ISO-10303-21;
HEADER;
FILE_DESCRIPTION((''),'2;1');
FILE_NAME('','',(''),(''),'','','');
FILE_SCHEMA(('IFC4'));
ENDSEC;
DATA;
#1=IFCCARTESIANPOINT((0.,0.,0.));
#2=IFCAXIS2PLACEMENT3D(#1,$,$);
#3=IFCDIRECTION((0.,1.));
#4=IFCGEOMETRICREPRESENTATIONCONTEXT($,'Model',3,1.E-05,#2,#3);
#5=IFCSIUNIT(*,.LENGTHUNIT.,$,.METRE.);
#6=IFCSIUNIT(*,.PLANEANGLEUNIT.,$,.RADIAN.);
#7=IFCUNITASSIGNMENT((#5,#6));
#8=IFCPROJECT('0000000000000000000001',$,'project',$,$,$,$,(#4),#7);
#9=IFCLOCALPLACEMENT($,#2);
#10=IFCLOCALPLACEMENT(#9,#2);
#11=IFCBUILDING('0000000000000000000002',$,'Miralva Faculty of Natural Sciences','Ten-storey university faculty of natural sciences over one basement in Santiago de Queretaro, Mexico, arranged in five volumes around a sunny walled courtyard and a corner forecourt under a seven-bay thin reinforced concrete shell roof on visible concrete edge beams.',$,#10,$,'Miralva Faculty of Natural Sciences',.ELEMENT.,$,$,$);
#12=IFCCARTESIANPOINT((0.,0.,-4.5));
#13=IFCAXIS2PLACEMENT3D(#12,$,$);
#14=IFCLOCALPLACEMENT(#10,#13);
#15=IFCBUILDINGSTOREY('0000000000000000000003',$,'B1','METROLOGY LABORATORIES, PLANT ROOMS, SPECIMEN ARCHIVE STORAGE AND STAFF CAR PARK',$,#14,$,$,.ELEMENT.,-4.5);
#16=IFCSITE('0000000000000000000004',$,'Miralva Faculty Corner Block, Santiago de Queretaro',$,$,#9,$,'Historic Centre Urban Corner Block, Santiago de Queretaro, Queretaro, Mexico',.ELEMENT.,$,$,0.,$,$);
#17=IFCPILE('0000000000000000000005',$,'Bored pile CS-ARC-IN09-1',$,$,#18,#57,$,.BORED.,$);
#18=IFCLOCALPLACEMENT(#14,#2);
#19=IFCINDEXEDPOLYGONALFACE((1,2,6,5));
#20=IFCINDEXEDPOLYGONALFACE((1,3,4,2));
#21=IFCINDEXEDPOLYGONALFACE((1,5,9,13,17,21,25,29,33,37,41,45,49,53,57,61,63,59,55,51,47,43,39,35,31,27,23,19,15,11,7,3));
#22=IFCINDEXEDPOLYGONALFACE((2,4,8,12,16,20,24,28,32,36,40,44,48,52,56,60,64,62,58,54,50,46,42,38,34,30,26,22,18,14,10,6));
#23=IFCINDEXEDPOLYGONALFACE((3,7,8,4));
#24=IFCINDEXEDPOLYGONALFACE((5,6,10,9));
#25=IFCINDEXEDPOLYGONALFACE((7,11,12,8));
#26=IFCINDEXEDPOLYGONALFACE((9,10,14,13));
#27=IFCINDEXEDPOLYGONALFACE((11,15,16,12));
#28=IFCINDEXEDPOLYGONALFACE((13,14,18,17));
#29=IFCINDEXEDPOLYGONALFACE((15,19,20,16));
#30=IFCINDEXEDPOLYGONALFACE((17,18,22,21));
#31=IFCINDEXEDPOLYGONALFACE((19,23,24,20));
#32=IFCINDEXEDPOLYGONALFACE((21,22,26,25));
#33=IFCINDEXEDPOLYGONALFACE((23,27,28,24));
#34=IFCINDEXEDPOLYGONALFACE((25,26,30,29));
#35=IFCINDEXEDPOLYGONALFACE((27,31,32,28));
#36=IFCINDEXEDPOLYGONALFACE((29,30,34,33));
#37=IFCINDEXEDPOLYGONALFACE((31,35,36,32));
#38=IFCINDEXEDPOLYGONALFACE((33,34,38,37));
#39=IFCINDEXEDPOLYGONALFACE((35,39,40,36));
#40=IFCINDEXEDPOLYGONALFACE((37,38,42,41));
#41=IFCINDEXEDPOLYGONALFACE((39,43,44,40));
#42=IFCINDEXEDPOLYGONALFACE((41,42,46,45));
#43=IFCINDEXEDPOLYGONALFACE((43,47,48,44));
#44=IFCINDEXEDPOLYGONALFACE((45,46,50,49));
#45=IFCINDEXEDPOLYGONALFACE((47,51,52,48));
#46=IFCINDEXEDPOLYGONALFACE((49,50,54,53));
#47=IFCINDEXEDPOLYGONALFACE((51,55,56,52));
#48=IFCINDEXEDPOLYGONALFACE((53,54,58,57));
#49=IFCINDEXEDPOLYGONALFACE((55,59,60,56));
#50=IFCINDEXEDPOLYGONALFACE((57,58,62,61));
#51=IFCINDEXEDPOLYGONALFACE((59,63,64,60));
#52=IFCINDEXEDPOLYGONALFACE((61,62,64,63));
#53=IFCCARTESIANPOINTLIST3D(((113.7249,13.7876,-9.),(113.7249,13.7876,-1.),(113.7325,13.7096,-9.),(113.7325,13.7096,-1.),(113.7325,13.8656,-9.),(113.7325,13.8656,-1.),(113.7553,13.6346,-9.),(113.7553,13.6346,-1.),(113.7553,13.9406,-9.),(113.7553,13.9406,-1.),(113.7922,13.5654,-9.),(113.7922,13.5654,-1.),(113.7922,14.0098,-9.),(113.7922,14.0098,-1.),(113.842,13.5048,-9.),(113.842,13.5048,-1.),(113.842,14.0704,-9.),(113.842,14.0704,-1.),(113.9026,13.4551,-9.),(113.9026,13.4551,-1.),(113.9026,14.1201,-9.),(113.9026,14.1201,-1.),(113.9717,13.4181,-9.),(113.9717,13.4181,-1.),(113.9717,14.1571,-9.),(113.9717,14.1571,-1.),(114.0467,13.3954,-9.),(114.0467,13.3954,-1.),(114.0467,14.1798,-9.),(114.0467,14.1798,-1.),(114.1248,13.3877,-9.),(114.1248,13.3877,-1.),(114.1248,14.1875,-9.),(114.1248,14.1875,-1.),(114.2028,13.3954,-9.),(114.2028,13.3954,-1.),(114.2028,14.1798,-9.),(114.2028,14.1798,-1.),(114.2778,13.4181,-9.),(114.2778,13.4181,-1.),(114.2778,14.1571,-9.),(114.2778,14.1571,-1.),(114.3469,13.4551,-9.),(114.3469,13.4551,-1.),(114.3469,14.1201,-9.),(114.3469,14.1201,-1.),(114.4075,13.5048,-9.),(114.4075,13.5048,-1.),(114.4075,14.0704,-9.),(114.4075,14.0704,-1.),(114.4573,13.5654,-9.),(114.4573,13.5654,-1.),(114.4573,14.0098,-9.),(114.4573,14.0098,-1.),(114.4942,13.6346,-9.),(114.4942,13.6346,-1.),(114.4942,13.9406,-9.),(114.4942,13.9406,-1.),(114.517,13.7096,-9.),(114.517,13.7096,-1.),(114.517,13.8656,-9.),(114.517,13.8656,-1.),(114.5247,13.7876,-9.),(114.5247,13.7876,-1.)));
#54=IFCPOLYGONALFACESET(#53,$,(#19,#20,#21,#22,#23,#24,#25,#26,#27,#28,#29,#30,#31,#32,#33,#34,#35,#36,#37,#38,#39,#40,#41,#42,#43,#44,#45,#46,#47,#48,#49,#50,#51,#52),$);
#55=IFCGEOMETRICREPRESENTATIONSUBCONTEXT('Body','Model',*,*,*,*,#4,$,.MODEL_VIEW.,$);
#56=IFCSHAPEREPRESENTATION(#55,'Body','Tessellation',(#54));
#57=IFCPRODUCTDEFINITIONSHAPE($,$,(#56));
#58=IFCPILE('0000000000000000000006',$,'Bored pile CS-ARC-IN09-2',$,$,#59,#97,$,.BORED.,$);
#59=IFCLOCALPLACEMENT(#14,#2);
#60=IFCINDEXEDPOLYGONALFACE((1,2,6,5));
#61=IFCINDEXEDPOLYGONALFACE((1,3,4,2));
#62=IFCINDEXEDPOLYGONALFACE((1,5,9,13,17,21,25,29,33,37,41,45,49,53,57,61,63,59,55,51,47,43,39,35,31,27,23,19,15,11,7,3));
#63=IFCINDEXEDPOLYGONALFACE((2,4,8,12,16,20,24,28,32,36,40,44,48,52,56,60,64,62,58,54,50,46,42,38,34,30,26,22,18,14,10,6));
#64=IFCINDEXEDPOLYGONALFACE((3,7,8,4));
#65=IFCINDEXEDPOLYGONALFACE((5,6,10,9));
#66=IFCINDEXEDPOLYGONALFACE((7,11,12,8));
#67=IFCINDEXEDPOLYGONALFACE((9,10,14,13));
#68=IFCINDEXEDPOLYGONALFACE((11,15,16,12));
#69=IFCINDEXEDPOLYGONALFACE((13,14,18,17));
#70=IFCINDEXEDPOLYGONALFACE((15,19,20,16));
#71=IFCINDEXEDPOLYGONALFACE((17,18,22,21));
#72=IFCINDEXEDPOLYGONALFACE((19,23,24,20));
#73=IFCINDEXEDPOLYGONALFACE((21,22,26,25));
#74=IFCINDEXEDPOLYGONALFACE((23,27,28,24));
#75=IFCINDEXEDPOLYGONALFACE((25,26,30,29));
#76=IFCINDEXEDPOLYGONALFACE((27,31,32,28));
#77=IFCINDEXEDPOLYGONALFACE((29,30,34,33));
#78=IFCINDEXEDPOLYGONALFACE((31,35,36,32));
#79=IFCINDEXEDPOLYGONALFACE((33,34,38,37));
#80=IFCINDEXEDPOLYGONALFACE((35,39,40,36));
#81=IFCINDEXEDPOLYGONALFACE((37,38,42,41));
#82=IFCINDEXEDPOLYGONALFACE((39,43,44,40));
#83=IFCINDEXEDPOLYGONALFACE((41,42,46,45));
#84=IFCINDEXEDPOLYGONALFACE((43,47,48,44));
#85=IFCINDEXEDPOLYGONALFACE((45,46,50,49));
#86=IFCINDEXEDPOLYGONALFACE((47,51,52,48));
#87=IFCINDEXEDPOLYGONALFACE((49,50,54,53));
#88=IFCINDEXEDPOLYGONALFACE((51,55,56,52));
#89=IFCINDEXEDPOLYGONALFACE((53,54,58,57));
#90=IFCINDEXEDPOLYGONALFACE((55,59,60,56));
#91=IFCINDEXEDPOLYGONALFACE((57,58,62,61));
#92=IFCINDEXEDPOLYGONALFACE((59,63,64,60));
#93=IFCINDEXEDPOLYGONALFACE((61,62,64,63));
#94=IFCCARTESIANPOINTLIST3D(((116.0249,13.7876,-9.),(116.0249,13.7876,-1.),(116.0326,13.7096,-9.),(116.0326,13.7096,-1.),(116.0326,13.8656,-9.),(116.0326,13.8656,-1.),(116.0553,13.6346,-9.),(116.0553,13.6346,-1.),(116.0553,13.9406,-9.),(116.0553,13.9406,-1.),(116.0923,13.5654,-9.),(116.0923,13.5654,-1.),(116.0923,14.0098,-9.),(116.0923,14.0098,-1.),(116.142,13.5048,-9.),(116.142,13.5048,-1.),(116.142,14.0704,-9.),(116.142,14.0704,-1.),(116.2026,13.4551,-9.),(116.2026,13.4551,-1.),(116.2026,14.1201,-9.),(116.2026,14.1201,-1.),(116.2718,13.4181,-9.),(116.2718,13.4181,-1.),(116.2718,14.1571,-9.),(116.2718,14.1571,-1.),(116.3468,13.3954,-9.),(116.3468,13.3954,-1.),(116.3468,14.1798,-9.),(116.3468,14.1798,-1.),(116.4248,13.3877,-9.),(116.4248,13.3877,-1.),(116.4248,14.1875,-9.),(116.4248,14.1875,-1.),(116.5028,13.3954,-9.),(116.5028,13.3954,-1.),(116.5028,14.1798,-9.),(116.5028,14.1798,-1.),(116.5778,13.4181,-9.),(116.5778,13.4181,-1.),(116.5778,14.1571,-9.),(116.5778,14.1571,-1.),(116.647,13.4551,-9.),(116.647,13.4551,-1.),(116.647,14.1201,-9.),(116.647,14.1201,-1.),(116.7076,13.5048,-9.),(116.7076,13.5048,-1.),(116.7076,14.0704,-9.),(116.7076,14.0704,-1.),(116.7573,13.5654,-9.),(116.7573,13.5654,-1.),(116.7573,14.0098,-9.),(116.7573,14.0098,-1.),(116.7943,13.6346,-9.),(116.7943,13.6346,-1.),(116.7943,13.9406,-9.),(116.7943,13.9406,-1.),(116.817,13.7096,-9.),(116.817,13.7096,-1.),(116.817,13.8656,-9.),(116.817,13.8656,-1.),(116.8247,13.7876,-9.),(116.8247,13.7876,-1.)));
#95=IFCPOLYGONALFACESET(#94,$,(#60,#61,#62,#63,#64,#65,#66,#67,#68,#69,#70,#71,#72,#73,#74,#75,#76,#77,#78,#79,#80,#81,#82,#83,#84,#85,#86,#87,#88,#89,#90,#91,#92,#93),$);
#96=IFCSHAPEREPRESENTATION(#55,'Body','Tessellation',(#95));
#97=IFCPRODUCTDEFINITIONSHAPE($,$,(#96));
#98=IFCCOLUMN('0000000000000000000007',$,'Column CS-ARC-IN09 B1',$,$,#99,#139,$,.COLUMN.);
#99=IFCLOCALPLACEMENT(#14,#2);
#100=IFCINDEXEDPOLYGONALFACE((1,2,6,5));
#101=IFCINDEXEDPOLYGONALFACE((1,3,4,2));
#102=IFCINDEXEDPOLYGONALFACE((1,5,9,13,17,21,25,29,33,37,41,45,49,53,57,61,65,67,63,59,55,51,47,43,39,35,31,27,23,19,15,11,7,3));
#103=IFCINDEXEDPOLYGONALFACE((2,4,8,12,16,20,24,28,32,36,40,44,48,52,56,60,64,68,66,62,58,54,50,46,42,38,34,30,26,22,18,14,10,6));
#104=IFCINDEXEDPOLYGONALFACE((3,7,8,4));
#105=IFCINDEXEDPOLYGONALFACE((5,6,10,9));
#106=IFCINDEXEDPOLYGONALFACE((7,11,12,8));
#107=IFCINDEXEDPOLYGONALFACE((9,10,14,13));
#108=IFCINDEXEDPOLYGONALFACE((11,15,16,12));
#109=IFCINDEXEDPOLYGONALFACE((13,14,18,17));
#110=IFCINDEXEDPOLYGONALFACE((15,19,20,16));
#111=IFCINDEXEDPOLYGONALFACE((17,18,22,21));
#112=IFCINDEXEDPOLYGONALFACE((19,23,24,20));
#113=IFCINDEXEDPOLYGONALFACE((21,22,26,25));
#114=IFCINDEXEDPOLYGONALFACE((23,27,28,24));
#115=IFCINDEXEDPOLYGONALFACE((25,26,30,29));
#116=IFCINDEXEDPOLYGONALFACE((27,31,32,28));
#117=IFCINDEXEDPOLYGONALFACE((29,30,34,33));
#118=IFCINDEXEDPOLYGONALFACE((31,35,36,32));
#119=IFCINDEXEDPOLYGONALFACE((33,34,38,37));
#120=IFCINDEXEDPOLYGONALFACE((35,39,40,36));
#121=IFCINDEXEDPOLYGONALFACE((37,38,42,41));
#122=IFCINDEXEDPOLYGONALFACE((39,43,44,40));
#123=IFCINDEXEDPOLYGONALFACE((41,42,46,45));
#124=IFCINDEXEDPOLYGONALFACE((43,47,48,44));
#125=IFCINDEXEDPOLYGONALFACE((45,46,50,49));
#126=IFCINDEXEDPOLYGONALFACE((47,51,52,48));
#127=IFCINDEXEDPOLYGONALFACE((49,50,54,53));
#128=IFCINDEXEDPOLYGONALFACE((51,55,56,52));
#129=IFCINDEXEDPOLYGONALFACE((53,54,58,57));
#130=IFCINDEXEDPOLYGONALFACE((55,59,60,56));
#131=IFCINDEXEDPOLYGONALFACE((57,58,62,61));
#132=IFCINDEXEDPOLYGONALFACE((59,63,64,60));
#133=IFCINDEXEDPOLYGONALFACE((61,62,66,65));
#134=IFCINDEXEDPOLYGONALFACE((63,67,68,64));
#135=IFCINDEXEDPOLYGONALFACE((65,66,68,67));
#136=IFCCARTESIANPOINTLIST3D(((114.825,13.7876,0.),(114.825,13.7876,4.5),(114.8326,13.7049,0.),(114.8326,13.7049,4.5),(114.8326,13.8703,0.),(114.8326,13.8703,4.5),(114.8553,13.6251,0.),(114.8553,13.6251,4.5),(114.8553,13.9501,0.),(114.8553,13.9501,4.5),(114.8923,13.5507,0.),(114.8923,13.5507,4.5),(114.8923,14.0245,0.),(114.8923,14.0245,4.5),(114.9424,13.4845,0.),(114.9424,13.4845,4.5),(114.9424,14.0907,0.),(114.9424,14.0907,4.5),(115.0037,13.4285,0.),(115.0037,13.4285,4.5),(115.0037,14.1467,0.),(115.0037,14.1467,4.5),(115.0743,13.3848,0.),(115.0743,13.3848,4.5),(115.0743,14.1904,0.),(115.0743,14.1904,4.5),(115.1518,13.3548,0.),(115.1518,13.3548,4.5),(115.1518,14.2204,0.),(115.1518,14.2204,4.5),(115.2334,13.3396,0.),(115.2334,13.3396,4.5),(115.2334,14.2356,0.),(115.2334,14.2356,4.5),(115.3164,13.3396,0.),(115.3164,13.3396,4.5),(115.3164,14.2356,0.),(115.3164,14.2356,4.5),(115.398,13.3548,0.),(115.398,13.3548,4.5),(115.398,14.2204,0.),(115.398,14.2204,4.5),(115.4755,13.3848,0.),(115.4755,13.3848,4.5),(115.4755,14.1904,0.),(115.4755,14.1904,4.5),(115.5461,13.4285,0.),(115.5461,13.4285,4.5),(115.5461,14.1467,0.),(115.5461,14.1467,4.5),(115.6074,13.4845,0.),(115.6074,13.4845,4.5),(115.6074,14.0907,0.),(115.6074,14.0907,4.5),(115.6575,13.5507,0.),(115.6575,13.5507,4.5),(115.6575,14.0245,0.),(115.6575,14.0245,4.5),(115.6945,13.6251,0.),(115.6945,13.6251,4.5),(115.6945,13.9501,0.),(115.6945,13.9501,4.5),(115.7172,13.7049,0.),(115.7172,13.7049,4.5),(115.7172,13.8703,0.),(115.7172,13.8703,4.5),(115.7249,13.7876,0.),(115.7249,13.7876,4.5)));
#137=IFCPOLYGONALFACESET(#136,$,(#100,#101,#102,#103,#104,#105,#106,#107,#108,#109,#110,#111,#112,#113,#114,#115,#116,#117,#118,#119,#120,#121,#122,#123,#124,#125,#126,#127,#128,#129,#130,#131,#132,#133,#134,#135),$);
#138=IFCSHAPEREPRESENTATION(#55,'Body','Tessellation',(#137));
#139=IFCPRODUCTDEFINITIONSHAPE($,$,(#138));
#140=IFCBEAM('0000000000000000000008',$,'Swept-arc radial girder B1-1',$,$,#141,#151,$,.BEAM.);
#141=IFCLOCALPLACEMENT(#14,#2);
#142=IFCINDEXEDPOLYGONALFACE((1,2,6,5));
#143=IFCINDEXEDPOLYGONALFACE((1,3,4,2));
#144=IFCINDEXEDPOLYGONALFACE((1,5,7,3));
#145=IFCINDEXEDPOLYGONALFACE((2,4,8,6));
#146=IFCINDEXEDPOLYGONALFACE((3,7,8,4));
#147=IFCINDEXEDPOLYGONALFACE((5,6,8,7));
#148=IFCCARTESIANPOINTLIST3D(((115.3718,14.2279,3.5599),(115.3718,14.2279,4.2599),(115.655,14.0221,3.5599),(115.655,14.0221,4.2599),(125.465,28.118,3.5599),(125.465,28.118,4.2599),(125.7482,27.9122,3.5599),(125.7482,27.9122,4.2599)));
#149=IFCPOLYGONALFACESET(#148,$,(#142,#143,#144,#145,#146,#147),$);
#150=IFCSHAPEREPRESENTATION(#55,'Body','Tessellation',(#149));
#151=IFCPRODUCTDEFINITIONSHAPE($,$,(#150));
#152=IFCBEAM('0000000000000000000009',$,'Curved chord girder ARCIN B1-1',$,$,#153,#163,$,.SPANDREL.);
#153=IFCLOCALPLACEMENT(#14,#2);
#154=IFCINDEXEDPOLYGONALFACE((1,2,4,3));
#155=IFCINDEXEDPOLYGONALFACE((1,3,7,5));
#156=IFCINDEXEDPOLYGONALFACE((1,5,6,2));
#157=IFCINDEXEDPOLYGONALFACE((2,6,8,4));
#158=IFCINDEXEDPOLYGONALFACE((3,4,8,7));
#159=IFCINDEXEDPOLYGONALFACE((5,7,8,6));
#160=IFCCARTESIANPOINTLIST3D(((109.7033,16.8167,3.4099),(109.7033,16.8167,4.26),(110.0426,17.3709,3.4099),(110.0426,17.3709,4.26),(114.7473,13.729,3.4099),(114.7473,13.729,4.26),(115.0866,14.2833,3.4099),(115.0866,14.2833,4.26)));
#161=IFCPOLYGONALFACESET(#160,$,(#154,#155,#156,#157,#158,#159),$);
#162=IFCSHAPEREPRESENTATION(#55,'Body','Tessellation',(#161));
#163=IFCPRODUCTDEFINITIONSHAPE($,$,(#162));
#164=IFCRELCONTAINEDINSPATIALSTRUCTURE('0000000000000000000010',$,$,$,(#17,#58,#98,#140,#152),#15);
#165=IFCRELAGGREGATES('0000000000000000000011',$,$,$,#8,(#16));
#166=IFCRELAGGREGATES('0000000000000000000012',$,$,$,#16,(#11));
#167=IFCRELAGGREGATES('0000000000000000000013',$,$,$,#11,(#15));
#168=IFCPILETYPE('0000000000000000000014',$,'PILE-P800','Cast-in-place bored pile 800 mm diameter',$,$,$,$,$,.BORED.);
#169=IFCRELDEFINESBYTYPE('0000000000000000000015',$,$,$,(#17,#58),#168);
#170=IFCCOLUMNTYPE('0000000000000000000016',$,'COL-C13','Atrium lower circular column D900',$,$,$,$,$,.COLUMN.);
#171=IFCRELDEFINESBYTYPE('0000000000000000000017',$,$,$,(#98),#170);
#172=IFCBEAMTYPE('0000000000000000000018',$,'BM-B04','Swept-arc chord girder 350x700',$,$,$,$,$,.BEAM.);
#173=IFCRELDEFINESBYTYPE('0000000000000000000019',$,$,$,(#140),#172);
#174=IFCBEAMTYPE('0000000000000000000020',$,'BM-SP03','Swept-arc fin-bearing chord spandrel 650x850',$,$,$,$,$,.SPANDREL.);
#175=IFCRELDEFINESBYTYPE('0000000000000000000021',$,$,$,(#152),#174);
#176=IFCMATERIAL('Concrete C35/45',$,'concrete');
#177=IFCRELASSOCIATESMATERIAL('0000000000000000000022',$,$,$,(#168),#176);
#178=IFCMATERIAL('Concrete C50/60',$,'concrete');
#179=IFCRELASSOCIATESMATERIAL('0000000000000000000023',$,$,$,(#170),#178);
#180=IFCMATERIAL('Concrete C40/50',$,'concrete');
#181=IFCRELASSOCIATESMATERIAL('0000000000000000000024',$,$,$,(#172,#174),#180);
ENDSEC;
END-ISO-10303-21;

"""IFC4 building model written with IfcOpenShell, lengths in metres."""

from ifc_helpers import new_model, si_unit, direction, frame, origin, origin_2d, place, context, subcontext, project, spatial, rectangle, circle, extrude, material, material_profile, profile_set, type_object, element, save


model = new_model("IFC4")

# Units and contexts
model_context = context("Model", 3, precision=1e-05, world=origin(), true_north=direction((0.0, 1.0)))
body_context = subcontext(model_context, "Body", "Model", "MODEL_VIEW")
ifc_project = project(units=[si_unit("LENGTHUNIT", "METRE"), si_unit("PLANEANGLEUNIT", "RADIAN")], contexts=[model_context])

# Site, building, storey
site_placement = place(None, origin())
site = spatial("IfcSite", under=ifc_project, at=site_placement, Name="Miralva Faculty Corner Block, Santiago de Queretaro", LongName="Historic Centre Urban Corner Block, Santiago de Queretaro, Queretaro, Mexico", CompositionType="ELEMENT", RefElevation=0.0)
building_placement = place(site_placement, origin())
building = spatial("IfcBuilding", under=site, at=building_placement, Name="Miralva Faculty of Natural Sciences", Description="Ten-storey university faculty of natural sciences over one basement in Santiago de Queretaro, Mexico, arranged in five volumes around a sunny walled courtyard and a corner forecourt under a seven-bay thin reinforced concrete shell roof on visible concrete edge beams.", LongName="Miralva Faculty of Natural Sciences", CompositionType="ELEMENT")
storey_placement = place(building_placement, frame((0.0, 0.0, -4.5)))
storey = spatial("IfcBuildingStorey", under=building, at=storey_placement, Name="B1", Description="METROLOGY LABORATORIES, PLANT ROOMS, SPECIMEN ARCHIVE STORAGE AND STAFF CAR PARK", CompositionType="ELEMENT", Elevation=-4.5)

# Shared definitions
ifc_material_1 = material(Name="Concrete C35/45", Category="concrete")

# Piles
ifc_material_profile_1 = material_profile(ifc_material_1, circle(Radius=0.3999, at=origin_2d()), Name="BORED PILE 800")
ifc_profile_set_1 = profile_set([ifc_material_profile_1], Name="Concrete C35/45")
pile_type_1 = type_object("IfcPileType", Name="PILE-P800", Description="Cast-in-place bored pile 800 mm diameter", PredefinedType="BORED", material=ifc_profile_set_1)
for number, where, z_axis, x_axis, name in (
    (1, (114.1248, 13.7876, -1.0), (0.0, 0.0, -1.0), (1.0, 0.0, 0.0), "Bored pile CS-ARC-IN09-1"),
    (2, (116.4248, 13.7876, -1.0), (0.0, 0.0, -1.0), (1.0, 0.0, 0.0), "Bored pile CS-ARC-IN09-2"),
):
    element("IfcPile", number, at=place(storey_placement, frame(where, z_axis=z_axis, x_axis=x_axis)), inside=storey, type_object=pile_type_1, Name=name, PredefinedType="BORED", context=body_context, shape_type="SweptSolid", body=[
        extrude(circle(Radius=0.3999, at=origin_2d()), origin(), (0.0, 0.0, 1.0), 8.0),
    ])

# Column
ifc_material_2 = material(Name="Concrete C50/60", Category="concrete")
ifc_material_profile_2 = material_profile(ifc_material_2, circle(Radius=0.45, at=origin_2d()), Name="RC DIA 900")
ifc_profile_set_2 = profile_set([ifc_material_profile_2], Name="Concrete C50/60")
column_type = type_object("IfcColumnType", Name="COL-C13", Description="Atrium lower circular column D900", PredefinedType="COLUMN", material=ifc_profile_set_2)
column_placement = place(storey_placement, frame((115.2749, 13.7876, 0.0), z_axis=(0.0, 0.0, 1.0), x_axis=(1.0, 0.0, 0.0)))
element("IfcColumn", 3, at=column_placement, inside=storey, type_object=column_type, Name="Column CS-ARC-IN09 B1", PredefinedType="COLUMN", context=body_context, shape_type="SweptSolid", body=[
    extrude(circle(Radius=0.45, at=origin_2d()), origin(), (0.0, 0.0, 1.0), 4.5),
])

# Beams
ifc_material_3 = material(Name="Concrete C40/50", Category="concrete")
ifc_material_profile_3 = material_profile(ifc_material_3, rectangle(XDim=0.3501, YDim=0.7, at=origin_2d()), Name="RC 350x700")
ifc_profile_set_3 = profile_set([ifc_material_profile_3], Name="Concrete C40/50")
beam_type_1 = type_object("IfcBeamType", Name="BM-B04", Description="Swept-arc chord girder 350x700", PredefinedType="BEAM", material=ifc_profile_set_3)
beam_1_placement = place(storey_placement, frame((115.5134, 14.125, 3.9099), z_axis=(0.587842, 0.808976, 0.0), x_axis=(-0.808976, 0.587842, 0.0)))
element("IfcBeam", 4, at=beam_1_placement, inside=storey, type_object=beam_type_1, Name="Swept-arc radial girder B1-1", PredefinedType="BEAM", context=body_context, shape_type="SweptSolid", body=[
    extrude(rectangle(XDim=0.3501, YDim=0.7, at=origin_2d()), origin(), (0.0, 0.0, 1.0), 17.1699),
])
ifc_material_profile_4 = material_profile(ifc_material_3, rectangle(XDim=0.6499, YDim=0.8501, at=origin_2d()), Name="RC 650x850")
ifc_profile_set_4 = profile_set([ifc_material_profile_4], Name="Concrete C40/50")
beam_type_2 = type_object("IfcBeamType", Name="BM-SP03", Description="Swept-arc fin-bearing chord spandrel 650x850", PredefinedType="SPANDREL", material=ifc_profile_set_4)
beam_2_placement = place(storey_placement, frame((114.917, 14.0061, 3.835), z_axis=(-0.852888, 0.522094, 0.0), x_axis=(-0.522094, -0.852888, 0.0)))
element("IfcBeam", 5, at=beam_2_placement, inside=storey, type_object=beam_type_2, Name="Curved chord girder ARCIN B1-1", PredefinedType="SPANDREL", context=body_context, shape_type="SweptSolid", body=[
    extrude(rectangle(XDim=0.6499, YDim=0.8501, at=origin_2d()), origin(), (0.0, 0.0, 1.0), 5.9141),
])

save(model, "model.ifc")
